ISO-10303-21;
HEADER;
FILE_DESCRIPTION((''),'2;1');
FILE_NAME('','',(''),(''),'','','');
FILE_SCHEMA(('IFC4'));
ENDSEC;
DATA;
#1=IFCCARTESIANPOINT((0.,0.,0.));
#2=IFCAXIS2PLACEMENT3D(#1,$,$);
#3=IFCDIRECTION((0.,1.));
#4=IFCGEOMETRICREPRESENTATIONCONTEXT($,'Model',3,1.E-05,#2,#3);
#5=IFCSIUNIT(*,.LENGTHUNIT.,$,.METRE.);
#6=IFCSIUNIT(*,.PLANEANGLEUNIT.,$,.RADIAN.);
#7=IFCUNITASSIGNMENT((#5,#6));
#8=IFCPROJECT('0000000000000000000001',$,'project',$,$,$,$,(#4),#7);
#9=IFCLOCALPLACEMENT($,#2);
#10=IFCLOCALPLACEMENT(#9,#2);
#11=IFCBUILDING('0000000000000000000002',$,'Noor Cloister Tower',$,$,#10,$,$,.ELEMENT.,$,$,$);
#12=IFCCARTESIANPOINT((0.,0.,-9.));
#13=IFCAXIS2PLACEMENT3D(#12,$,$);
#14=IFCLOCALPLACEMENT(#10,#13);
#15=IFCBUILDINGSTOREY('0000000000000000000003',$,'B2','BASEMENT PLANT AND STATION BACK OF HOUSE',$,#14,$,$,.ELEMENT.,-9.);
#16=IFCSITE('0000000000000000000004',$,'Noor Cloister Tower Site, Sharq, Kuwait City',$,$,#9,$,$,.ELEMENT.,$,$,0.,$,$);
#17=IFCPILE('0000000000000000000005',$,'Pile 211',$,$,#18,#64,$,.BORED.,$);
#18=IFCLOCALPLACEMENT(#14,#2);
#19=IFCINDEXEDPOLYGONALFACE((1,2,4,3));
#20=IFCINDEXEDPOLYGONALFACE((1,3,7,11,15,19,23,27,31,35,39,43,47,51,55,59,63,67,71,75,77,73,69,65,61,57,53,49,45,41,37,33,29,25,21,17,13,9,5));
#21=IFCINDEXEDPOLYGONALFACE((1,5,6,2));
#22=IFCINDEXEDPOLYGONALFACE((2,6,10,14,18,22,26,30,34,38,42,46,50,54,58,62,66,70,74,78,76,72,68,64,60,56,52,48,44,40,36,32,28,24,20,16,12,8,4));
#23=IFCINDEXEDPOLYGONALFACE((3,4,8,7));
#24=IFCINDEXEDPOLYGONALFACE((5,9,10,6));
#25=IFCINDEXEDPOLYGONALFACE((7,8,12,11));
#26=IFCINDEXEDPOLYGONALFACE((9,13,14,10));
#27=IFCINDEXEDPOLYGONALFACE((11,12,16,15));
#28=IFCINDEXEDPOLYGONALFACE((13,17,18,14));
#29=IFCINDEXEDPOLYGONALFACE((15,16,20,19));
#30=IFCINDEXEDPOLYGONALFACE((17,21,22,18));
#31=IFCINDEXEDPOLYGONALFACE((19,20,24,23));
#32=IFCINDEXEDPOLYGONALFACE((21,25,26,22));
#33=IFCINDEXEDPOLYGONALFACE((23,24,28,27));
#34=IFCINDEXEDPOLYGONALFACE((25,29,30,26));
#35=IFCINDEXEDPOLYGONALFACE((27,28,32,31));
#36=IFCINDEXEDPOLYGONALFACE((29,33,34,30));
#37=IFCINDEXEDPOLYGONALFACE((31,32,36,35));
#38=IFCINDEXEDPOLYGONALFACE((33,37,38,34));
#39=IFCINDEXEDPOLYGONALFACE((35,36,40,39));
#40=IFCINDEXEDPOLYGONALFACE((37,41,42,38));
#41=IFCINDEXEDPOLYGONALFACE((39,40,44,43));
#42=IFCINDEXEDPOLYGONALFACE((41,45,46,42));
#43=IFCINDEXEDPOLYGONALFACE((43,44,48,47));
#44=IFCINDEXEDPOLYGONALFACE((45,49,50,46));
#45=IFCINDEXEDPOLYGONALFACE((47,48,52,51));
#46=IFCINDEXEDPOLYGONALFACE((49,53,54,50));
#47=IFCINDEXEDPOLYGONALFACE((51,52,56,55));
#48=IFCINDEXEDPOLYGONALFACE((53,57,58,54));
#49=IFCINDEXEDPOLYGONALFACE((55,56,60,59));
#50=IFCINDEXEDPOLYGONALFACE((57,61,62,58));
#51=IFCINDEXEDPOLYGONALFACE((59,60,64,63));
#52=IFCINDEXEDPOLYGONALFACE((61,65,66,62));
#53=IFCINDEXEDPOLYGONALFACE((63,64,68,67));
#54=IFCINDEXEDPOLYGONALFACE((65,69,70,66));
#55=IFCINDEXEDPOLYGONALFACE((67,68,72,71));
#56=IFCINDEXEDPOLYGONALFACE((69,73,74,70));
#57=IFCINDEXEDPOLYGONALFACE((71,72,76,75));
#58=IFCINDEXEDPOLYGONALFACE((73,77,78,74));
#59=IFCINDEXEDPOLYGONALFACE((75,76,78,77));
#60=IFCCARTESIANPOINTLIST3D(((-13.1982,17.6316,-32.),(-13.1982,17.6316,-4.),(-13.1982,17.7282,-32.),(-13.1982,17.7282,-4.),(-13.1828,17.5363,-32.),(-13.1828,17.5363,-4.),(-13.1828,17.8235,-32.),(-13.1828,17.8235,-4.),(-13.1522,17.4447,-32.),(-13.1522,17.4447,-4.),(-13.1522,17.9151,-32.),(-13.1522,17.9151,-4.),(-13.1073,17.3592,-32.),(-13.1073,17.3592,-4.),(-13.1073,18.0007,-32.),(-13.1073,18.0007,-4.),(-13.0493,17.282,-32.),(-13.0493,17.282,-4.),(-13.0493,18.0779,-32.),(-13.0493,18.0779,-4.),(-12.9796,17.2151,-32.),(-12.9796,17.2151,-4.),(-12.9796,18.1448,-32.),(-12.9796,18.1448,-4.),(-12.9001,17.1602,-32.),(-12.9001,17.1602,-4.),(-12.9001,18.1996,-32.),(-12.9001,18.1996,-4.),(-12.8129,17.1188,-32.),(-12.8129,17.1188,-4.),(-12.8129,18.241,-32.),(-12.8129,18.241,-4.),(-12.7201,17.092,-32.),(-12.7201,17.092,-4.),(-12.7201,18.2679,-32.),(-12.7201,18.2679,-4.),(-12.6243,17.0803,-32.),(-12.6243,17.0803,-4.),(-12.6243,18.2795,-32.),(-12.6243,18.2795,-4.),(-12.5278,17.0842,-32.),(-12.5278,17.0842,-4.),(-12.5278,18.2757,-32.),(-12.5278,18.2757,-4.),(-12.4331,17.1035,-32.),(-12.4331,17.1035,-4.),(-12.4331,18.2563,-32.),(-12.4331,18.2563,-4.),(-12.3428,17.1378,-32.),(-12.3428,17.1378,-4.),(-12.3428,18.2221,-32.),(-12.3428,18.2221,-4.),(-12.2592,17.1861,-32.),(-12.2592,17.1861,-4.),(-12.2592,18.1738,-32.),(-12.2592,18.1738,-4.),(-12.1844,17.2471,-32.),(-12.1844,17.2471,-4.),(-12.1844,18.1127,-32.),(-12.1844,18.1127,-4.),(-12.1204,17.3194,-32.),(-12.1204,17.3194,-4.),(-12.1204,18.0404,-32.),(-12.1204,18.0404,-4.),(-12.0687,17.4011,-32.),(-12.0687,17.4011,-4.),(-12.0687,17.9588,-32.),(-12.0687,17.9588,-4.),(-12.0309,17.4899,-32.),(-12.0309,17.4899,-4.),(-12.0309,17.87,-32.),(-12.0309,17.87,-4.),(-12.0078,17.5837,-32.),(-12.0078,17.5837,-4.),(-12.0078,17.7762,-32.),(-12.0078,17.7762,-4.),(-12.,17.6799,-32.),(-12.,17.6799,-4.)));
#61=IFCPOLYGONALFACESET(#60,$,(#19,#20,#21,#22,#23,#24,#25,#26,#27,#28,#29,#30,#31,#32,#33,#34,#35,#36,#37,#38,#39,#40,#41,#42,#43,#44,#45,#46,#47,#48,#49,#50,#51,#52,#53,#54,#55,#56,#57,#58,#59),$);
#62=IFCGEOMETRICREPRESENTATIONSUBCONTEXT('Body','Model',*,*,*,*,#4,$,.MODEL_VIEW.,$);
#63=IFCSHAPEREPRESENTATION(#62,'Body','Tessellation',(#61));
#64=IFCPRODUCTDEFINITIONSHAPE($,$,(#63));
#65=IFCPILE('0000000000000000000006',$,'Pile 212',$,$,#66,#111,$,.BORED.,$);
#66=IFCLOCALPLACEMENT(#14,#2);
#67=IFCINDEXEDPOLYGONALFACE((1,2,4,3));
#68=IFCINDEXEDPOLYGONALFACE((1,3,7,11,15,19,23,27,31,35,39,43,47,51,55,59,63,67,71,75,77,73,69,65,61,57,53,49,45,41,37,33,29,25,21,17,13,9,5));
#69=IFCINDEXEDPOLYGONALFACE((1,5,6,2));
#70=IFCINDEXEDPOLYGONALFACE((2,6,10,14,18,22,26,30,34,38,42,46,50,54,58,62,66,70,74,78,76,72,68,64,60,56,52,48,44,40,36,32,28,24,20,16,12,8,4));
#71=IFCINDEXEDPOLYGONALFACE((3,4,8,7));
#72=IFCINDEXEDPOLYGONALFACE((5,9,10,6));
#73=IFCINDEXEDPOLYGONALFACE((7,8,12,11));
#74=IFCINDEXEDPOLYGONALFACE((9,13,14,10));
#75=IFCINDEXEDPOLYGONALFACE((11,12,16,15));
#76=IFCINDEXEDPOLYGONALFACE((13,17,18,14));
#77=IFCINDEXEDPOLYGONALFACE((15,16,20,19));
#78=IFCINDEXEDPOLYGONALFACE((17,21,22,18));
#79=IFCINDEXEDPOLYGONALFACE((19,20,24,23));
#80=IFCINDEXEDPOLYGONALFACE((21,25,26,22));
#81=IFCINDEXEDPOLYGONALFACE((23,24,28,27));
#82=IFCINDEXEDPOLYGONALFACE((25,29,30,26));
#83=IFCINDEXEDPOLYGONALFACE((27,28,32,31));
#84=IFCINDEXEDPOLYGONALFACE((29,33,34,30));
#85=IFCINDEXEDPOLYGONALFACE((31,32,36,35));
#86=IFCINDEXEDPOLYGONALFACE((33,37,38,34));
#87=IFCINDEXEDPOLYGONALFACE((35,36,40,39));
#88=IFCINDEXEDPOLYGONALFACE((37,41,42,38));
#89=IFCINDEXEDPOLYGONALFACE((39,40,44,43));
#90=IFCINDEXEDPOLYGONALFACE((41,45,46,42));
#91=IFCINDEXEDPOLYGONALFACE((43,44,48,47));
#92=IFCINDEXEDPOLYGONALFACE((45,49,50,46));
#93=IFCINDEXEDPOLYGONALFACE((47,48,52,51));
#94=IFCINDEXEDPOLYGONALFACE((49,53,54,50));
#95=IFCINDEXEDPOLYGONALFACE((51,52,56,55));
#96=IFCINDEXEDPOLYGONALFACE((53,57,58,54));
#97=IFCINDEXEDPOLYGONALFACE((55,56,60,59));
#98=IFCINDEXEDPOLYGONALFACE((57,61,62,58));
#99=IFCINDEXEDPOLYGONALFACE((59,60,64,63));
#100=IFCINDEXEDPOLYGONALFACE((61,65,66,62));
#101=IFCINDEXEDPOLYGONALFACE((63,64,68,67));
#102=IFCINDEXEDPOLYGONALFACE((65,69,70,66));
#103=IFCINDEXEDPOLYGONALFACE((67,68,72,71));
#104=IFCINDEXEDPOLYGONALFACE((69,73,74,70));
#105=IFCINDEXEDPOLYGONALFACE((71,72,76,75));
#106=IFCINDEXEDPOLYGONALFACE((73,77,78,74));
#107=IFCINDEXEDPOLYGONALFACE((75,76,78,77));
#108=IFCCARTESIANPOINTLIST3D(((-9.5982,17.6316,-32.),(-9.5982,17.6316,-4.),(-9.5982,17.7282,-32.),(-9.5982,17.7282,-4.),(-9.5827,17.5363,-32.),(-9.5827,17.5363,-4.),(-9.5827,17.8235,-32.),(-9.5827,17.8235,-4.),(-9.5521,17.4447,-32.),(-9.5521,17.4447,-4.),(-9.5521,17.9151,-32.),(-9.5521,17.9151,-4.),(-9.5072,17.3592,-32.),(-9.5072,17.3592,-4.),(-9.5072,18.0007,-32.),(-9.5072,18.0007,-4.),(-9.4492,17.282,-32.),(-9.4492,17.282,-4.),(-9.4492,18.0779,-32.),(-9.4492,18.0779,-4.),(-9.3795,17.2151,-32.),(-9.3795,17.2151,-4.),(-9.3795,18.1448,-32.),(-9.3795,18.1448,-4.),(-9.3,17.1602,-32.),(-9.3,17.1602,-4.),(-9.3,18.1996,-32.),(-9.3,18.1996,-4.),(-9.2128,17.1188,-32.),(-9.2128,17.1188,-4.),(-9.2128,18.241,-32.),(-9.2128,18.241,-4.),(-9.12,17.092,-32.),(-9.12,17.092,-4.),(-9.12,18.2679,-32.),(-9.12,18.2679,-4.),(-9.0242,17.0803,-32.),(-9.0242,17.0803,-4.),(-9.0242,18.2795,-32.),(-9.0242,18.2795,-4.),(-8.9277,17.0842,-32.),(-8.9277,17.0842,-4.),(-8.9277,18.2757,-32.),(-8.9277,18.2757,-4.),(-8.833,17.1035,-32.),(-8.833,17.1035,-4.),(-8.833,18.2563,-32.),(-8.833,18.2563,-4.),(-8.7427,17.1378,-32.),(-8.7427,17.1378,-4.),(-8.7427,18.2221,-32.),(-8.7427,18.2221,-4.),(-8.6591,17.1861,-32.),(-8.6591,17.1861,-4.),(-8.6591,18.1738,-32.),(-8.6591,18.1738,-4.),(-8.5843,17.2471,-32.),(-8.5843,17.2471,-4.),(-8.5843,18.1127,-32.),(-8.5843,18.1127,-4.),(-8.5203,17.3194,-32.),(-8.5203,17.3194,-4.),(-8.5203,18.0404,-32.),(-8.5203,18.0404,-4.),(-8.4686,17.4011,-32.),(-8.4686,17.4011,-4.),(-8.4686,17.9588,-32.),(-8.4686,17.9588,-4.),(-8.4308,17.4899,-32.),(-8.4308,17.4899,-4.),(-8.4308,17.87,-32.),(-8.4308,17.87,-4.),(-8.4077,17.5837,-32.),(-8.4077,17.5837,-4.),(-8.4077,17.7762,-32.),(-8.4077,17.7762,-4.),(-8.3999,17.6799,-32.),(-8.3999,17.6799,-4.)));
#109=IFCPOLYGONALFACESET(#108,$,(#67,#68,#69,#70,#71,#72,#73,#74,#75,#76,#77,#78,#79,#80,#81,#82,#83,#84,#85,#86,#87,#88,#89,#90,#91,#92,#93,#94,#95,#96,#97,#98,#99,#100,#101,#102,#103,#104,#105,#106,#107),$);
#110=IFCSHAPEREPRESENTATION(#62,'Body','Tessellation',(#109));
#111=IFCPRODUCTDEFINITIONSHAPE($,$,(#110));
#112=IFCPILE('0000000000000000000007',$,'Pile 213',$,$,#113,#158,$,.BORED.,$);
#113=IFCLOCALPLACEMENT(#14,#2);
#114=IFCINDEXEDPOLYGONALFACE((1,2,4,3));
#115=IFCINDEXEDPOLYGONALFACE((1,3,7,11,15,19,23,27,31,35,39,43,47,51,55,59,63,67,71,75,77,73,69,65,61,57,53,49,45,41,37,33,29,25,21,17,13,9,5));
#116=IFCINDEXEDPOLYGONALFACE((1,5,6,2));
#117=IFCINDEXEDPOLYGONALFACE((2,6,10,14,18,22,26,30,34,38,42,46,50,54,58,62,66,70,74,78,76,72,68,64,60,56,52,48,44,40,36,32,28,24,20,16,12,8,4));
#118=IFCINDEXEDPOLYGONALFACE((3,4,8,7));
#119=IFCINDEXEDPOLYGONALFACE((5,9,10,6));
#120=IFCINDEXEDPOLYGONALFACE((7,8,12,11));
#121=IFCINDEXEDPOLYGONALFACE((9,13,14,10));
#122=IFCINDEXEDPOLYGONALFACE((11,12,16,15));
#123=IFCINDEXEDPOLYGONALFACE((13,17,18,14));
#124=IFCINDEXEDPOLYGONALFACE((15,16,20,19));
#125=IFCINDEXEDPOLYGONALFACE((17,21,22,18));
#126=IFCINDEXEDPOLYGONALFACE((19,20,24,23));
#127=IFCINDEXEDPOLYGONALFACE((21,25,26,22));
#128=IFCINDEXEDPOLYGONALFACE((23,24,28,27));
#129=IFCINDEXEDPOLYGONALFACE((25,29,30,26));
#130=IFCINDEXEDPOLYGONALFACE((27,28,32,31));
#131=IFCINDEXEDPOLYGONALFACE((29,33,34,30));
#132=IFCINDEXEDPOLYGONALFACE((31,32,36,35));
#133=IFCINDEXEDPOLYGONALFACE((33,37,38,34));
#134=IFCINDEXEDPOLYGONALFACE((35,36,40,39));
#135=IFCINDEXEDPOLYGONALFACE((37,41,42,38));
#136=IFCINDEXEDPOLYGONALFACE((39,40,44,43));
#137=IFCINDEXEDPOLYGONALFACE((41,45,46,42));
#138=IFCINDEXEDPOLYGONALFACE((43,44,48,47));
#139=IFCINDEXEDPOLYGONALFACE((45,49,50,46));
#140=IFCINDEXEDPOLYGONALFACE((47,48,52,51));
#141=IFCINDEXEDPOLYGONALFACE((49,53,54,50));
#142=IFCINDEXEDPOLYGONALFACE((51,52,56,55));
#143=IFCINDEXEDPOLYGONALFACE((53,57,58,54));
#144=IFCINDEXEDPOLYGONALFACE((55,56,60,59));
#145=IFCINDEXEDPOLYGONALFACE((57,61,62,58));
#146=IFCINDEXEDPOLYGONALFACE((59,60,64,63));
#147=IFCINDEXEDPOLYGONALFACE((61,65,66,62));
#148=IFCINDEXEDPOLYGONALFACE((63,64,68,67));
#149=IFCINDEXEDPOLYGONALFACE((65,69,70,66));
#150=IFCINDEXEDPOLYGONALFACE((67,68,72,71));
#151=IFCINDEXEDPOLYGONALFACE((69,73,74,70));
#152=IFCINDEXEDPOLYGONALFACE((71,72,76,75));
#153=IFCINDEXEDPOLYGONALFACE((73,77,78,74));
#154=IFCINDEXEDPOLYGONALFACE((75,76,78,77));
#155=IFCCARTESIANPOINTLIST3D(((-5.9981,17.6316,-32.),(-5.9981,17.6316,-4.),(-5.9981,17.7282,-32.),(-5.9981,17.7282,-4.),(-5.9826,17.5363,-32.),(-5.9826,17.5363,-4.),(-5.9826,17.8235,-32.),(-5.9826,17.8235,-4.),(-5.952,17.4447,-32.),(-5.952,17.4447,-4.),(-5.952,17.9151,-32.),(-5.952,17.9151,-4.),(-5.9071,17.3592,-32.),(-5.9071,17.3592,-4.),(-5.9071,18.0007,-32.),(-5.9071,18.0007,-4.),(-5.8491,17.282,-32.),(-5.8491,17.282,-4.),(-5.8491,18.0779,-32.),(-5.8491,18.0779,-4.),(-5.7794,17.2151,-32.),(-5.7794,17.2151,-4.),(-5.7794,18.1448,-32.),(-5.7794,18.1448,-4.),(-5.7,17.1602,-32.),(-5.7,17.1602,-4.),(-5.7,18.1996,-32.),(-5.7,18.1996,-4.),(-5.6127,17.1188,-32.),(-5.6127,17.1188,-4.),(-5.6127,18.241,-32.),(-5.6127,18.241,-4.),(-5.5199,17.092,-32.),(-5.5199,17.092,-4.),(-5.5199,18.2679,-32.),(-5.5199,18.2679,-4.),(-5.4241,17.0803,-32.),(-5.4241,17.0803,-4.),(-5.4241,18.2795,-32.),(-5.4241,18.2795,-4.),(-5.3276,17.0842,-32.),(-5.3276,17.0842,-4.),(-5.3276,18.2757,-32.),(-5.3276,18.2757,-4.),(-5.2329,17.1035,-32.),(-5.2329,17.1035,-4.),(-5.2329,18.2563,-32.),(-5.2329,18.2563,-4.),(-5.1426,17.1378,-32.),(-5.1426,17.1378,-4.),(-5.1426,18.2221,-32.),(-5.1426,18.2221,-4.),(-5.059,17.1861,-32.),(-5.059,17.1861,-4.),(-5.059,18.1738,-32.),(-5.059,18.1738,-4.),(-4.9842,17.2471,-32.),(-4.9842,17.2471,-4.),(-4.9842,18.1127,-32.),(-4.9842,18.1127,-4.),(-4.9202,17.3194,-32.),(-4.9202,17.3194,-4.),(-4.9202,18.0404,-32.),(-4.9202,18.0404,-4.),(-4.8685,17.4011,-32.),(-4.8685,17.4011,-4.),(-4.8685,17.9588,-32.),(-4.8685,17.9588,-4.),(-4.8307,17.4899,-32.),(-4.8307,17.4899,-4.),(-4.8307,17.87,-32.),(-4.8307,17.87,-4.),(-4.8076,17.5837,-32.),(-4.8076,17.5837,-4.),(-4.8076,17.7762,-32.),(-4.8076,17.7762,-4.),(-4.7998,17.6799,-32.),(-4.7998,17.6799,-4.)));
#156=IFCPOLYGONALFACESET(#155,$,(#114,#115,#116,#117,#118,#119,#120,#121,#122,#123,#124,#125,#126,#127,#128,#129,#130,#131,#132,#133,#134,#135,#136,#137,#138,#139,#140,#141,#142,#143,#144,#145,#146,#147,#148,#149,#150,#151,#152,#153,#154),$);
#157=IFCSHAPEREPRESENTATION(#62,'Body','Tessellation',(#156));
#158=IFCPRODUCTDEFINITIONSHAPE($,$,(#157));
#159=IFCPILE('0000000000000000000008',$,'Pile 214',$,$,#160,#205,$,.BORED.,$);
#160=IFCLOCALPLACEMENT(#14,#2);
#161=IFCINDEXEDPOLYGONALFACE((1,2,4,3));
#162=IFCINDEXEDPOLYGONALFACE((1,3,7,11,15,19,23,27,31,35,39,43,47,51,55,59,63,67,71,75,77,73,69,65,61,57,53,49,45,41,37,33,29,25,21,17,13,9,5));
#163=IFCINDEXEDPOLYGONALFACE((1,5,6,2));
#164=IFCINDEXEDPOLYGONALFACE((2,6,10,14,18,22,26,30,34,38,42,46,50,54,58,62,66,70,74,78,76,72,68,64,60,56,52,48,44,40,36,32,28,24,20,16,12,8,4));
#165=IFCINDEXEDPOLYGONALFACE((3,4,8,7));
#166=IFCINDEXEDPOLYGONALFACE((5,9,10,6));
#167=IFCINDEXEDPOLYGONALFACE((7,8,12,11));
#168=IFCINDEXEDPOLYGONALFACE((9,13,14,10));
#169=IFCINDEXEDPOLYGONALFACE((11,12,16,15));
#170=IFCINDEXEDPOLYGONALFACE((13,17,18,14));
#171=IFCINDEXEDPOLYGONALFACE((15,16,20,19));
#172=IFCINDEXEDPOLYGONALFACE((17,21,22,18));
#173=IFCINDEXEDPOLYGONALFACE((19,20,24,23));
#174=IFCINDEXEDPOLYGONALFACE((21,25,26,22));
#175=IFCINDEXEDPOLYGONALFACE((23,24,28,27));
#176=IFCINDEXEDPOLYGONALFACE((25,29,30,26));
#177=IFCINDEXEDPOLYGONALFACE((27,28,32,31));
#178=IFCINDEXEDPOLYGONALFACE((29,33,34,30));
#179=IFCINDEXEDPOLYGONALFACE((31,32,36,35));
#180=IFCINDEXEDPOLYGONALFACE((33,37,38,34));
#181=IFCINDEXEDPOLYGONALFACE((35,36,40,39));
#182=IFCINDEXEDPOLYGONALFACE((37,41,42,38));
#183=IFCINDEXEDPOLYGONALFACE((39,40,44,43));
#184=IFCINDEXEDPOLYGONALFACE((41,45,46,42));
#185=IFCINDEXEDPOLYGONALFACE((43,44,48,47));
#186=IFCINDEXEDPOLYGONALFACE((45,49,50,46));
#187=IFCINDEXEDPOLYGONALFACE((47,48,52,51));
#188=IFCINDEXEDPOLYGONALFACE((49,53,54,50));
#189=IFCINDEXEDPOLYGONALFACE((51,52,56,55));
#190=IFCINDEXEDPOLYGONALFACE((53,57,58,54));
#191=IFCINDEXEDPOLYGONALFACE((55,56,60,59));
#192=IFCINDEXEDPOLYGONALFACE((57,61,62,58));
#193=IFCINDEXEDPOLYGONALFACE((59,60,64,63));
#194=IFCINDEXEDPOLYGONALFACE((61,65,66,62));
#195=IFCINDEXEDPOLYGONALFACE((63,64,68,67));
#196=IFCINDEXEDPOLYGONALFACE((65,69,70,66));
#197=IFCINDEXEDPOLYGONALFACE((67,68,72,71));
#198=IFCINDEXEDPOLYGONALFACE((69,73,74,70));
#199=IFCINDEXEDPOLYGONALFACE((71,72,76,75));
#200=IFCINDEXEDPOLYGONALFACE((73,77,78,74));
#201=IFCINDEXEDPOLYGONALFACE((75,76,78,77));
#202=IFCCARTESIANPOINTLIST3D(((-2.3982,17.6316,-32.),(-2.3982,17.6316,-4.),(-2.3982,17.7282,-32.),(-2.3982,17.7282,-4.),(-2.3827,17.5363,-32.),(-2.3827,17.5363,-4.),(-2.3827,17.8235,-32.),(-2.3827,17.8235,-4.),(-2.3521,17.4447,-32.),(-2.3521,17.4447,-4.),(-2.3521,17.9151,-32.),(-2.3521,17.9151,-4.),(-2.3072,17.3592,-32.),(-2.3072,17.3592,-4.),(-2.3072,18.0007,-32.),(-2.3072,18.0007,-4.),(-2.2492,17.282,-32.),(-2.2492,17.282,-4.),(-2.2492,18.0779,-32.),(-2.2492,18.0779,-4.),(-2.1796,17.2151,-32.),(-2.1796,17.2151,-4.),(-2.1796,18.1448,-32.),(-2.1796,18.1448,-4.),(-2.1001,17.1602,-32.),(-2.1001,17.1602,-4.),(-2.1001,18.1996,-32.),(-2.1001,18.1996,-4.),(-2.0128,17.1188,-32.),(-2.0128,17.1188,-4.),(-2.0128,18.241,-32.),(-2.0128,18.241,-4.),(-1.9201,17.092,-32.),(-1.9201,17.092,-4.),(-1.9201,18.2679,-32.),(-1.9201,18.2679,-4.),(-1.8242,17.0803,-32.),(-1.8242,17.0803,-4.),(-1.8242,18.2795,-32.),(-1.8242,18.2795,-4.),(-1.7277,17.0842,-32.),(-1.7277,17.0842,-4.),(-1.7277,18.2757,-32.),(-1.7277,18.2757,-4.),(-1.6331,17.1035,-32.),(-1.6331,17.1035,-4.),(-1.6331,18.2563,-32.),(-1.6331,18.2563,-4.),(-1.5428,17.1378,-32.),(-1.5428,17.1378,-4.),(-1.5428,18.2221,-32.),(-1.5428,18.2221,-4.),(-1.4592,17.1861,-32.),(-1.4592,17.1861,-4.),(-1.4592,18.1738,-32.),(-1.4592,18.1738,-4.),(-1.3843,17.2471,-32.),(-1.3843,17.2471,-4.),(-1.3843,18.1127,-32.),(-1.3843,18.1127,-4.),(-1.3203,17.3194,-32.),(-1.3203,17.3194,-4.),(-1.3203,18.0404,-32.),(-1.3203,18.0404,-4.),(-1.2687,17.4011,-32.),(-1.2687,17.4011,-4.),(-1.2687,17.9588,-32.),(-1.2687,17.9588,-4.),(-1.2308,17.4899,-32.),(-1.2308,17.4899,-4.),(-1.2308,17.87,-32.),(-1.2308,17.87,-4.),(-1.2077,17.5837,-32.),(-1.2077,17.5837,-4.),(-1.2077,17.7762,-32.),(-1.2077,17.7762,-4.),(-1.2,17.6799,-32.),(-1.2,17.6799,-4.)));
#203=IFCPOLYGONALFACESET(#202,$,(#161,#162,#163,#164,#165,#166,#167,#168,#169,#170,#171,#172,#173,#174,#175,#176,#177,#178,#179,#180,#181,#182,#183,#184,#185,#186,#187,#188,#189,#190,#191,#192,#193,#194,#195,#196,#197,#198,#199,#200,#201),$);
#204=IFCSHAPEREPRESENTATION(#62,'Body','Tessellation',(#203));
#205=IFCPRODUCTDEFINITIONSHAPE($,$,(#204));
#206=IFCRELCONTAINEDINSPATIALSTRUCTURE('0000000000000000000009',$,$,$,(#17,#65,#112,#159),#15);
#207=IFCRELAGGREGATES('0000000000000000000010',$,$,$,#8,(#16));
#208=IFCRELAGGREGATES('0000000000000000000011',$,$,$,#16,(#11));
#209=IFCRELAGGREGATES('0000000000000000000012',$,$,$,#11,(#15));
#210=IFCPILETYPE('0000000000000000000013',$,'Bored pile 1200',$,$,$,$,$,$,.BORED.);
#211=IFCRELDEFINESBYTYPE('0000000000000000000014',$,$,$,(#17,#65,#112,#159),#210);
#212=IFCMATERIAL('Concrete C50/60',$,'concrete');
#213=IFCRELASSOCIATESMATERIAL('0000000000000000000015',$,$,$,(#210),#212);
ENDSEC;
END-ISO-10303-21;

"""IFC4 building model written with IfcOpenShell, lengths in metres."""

from ifc_helpers import new_model, si_unit, direction, frame, origin, origin_2d, place, context, subcontext, project, spatial, circle, extrude, material, material_profile, profile_set, type_object, element, save


model = new_model("IFC4")

# Units and contexts
model_context = context("Model", 3, precision=1e-05, world=origin(), true_north=direction((0.0, 1.0)))
body_context = subcontext(model_context, "Body", "Model", "MODEL_VIEW")
ifc_project = project(units=[si_unit("LENGTHUNIT", "METRE"), si_unit("PLANEANGLEUNIT", "RADIAN")], contexts=[model_context])

# Site, building, storey
site_placement = place(None, origin())
site = spatial("IfcSite", under=ifc_project, at=site_placement, Name="Noor Cloister Tower Site, Sharq, Kuwait City", CompositionType="ELEMENT", RefElevation=0.0)
building_placement = place(site_placement, origin())
building = spatial("IfcBuilding", under=site, at=building_placement, Name="Noor Cloister Tower", CompositionType="ELEMENT")
storey_placement = place(building_placement, frame((0.0, 0.0, -9.0)))
storey = spatial("IfcBuildingStorey", under=building, at=storey_placement, Name="B2", Description="BASEMENT PLANT AND STATION BACK OF HOUSE", CompositionType="ELEMENT", Elevation=-9.0)

# Piles
ifc_material_1 = material(Name="Concrete C50/60", Category="concrete")
ifc_material_profile_1 = material_profile(ifc_material_1, circle(Radius=0.6001, at=origin_2d()), Name="Bored pile 1200")
ifc_profile_set_1 = profile_set([ifc_material_profile_1], Name="Concrete C50/60")
pile_type = type_object("IfcPileType", Name="Bored pile 1200", PredefinedType="BORED", material=ifc_profile_set_1)
for number, where, z_axis, x_axis, name in (
    (1, (-12.6001, 17.6799, -4.0), (0.0, 0.0, -1.0), (1.0, 0.0, 0.0), "Pile 211"),
    (2, (-9.0, 17.6799, -4.0), (0.0, 0.0, -1.0), (1.0, 0.0, 0.0), "Pile 212"),
    (3, (-5.3999, 17.6799, -4.0), (0.0, 0.0, -1.0), (1.0, 0.0, 0.0), "Pile 213"),
    (4, (-1.8, 17.6799, -4.0), (0.0, 0.0, -1.0), (1.0, 0.0, 0.0), "Pile 214"),
):
    element("IfcPile", number, at=place(storey_placement, frame(where, z_axis=z_axis, x_axis=x_axis)), inside=storey, type_object=pile_type, Name=name, PredefinedType="BORED", context=body_context, shape_type="SweptSolid", body=[
        extrude(circle(Radius=0.6001, at=origin_2d()), origin(), (0.0, 0.0, 1.0), 28.0),
    ])

save(model, "model.ifc")
